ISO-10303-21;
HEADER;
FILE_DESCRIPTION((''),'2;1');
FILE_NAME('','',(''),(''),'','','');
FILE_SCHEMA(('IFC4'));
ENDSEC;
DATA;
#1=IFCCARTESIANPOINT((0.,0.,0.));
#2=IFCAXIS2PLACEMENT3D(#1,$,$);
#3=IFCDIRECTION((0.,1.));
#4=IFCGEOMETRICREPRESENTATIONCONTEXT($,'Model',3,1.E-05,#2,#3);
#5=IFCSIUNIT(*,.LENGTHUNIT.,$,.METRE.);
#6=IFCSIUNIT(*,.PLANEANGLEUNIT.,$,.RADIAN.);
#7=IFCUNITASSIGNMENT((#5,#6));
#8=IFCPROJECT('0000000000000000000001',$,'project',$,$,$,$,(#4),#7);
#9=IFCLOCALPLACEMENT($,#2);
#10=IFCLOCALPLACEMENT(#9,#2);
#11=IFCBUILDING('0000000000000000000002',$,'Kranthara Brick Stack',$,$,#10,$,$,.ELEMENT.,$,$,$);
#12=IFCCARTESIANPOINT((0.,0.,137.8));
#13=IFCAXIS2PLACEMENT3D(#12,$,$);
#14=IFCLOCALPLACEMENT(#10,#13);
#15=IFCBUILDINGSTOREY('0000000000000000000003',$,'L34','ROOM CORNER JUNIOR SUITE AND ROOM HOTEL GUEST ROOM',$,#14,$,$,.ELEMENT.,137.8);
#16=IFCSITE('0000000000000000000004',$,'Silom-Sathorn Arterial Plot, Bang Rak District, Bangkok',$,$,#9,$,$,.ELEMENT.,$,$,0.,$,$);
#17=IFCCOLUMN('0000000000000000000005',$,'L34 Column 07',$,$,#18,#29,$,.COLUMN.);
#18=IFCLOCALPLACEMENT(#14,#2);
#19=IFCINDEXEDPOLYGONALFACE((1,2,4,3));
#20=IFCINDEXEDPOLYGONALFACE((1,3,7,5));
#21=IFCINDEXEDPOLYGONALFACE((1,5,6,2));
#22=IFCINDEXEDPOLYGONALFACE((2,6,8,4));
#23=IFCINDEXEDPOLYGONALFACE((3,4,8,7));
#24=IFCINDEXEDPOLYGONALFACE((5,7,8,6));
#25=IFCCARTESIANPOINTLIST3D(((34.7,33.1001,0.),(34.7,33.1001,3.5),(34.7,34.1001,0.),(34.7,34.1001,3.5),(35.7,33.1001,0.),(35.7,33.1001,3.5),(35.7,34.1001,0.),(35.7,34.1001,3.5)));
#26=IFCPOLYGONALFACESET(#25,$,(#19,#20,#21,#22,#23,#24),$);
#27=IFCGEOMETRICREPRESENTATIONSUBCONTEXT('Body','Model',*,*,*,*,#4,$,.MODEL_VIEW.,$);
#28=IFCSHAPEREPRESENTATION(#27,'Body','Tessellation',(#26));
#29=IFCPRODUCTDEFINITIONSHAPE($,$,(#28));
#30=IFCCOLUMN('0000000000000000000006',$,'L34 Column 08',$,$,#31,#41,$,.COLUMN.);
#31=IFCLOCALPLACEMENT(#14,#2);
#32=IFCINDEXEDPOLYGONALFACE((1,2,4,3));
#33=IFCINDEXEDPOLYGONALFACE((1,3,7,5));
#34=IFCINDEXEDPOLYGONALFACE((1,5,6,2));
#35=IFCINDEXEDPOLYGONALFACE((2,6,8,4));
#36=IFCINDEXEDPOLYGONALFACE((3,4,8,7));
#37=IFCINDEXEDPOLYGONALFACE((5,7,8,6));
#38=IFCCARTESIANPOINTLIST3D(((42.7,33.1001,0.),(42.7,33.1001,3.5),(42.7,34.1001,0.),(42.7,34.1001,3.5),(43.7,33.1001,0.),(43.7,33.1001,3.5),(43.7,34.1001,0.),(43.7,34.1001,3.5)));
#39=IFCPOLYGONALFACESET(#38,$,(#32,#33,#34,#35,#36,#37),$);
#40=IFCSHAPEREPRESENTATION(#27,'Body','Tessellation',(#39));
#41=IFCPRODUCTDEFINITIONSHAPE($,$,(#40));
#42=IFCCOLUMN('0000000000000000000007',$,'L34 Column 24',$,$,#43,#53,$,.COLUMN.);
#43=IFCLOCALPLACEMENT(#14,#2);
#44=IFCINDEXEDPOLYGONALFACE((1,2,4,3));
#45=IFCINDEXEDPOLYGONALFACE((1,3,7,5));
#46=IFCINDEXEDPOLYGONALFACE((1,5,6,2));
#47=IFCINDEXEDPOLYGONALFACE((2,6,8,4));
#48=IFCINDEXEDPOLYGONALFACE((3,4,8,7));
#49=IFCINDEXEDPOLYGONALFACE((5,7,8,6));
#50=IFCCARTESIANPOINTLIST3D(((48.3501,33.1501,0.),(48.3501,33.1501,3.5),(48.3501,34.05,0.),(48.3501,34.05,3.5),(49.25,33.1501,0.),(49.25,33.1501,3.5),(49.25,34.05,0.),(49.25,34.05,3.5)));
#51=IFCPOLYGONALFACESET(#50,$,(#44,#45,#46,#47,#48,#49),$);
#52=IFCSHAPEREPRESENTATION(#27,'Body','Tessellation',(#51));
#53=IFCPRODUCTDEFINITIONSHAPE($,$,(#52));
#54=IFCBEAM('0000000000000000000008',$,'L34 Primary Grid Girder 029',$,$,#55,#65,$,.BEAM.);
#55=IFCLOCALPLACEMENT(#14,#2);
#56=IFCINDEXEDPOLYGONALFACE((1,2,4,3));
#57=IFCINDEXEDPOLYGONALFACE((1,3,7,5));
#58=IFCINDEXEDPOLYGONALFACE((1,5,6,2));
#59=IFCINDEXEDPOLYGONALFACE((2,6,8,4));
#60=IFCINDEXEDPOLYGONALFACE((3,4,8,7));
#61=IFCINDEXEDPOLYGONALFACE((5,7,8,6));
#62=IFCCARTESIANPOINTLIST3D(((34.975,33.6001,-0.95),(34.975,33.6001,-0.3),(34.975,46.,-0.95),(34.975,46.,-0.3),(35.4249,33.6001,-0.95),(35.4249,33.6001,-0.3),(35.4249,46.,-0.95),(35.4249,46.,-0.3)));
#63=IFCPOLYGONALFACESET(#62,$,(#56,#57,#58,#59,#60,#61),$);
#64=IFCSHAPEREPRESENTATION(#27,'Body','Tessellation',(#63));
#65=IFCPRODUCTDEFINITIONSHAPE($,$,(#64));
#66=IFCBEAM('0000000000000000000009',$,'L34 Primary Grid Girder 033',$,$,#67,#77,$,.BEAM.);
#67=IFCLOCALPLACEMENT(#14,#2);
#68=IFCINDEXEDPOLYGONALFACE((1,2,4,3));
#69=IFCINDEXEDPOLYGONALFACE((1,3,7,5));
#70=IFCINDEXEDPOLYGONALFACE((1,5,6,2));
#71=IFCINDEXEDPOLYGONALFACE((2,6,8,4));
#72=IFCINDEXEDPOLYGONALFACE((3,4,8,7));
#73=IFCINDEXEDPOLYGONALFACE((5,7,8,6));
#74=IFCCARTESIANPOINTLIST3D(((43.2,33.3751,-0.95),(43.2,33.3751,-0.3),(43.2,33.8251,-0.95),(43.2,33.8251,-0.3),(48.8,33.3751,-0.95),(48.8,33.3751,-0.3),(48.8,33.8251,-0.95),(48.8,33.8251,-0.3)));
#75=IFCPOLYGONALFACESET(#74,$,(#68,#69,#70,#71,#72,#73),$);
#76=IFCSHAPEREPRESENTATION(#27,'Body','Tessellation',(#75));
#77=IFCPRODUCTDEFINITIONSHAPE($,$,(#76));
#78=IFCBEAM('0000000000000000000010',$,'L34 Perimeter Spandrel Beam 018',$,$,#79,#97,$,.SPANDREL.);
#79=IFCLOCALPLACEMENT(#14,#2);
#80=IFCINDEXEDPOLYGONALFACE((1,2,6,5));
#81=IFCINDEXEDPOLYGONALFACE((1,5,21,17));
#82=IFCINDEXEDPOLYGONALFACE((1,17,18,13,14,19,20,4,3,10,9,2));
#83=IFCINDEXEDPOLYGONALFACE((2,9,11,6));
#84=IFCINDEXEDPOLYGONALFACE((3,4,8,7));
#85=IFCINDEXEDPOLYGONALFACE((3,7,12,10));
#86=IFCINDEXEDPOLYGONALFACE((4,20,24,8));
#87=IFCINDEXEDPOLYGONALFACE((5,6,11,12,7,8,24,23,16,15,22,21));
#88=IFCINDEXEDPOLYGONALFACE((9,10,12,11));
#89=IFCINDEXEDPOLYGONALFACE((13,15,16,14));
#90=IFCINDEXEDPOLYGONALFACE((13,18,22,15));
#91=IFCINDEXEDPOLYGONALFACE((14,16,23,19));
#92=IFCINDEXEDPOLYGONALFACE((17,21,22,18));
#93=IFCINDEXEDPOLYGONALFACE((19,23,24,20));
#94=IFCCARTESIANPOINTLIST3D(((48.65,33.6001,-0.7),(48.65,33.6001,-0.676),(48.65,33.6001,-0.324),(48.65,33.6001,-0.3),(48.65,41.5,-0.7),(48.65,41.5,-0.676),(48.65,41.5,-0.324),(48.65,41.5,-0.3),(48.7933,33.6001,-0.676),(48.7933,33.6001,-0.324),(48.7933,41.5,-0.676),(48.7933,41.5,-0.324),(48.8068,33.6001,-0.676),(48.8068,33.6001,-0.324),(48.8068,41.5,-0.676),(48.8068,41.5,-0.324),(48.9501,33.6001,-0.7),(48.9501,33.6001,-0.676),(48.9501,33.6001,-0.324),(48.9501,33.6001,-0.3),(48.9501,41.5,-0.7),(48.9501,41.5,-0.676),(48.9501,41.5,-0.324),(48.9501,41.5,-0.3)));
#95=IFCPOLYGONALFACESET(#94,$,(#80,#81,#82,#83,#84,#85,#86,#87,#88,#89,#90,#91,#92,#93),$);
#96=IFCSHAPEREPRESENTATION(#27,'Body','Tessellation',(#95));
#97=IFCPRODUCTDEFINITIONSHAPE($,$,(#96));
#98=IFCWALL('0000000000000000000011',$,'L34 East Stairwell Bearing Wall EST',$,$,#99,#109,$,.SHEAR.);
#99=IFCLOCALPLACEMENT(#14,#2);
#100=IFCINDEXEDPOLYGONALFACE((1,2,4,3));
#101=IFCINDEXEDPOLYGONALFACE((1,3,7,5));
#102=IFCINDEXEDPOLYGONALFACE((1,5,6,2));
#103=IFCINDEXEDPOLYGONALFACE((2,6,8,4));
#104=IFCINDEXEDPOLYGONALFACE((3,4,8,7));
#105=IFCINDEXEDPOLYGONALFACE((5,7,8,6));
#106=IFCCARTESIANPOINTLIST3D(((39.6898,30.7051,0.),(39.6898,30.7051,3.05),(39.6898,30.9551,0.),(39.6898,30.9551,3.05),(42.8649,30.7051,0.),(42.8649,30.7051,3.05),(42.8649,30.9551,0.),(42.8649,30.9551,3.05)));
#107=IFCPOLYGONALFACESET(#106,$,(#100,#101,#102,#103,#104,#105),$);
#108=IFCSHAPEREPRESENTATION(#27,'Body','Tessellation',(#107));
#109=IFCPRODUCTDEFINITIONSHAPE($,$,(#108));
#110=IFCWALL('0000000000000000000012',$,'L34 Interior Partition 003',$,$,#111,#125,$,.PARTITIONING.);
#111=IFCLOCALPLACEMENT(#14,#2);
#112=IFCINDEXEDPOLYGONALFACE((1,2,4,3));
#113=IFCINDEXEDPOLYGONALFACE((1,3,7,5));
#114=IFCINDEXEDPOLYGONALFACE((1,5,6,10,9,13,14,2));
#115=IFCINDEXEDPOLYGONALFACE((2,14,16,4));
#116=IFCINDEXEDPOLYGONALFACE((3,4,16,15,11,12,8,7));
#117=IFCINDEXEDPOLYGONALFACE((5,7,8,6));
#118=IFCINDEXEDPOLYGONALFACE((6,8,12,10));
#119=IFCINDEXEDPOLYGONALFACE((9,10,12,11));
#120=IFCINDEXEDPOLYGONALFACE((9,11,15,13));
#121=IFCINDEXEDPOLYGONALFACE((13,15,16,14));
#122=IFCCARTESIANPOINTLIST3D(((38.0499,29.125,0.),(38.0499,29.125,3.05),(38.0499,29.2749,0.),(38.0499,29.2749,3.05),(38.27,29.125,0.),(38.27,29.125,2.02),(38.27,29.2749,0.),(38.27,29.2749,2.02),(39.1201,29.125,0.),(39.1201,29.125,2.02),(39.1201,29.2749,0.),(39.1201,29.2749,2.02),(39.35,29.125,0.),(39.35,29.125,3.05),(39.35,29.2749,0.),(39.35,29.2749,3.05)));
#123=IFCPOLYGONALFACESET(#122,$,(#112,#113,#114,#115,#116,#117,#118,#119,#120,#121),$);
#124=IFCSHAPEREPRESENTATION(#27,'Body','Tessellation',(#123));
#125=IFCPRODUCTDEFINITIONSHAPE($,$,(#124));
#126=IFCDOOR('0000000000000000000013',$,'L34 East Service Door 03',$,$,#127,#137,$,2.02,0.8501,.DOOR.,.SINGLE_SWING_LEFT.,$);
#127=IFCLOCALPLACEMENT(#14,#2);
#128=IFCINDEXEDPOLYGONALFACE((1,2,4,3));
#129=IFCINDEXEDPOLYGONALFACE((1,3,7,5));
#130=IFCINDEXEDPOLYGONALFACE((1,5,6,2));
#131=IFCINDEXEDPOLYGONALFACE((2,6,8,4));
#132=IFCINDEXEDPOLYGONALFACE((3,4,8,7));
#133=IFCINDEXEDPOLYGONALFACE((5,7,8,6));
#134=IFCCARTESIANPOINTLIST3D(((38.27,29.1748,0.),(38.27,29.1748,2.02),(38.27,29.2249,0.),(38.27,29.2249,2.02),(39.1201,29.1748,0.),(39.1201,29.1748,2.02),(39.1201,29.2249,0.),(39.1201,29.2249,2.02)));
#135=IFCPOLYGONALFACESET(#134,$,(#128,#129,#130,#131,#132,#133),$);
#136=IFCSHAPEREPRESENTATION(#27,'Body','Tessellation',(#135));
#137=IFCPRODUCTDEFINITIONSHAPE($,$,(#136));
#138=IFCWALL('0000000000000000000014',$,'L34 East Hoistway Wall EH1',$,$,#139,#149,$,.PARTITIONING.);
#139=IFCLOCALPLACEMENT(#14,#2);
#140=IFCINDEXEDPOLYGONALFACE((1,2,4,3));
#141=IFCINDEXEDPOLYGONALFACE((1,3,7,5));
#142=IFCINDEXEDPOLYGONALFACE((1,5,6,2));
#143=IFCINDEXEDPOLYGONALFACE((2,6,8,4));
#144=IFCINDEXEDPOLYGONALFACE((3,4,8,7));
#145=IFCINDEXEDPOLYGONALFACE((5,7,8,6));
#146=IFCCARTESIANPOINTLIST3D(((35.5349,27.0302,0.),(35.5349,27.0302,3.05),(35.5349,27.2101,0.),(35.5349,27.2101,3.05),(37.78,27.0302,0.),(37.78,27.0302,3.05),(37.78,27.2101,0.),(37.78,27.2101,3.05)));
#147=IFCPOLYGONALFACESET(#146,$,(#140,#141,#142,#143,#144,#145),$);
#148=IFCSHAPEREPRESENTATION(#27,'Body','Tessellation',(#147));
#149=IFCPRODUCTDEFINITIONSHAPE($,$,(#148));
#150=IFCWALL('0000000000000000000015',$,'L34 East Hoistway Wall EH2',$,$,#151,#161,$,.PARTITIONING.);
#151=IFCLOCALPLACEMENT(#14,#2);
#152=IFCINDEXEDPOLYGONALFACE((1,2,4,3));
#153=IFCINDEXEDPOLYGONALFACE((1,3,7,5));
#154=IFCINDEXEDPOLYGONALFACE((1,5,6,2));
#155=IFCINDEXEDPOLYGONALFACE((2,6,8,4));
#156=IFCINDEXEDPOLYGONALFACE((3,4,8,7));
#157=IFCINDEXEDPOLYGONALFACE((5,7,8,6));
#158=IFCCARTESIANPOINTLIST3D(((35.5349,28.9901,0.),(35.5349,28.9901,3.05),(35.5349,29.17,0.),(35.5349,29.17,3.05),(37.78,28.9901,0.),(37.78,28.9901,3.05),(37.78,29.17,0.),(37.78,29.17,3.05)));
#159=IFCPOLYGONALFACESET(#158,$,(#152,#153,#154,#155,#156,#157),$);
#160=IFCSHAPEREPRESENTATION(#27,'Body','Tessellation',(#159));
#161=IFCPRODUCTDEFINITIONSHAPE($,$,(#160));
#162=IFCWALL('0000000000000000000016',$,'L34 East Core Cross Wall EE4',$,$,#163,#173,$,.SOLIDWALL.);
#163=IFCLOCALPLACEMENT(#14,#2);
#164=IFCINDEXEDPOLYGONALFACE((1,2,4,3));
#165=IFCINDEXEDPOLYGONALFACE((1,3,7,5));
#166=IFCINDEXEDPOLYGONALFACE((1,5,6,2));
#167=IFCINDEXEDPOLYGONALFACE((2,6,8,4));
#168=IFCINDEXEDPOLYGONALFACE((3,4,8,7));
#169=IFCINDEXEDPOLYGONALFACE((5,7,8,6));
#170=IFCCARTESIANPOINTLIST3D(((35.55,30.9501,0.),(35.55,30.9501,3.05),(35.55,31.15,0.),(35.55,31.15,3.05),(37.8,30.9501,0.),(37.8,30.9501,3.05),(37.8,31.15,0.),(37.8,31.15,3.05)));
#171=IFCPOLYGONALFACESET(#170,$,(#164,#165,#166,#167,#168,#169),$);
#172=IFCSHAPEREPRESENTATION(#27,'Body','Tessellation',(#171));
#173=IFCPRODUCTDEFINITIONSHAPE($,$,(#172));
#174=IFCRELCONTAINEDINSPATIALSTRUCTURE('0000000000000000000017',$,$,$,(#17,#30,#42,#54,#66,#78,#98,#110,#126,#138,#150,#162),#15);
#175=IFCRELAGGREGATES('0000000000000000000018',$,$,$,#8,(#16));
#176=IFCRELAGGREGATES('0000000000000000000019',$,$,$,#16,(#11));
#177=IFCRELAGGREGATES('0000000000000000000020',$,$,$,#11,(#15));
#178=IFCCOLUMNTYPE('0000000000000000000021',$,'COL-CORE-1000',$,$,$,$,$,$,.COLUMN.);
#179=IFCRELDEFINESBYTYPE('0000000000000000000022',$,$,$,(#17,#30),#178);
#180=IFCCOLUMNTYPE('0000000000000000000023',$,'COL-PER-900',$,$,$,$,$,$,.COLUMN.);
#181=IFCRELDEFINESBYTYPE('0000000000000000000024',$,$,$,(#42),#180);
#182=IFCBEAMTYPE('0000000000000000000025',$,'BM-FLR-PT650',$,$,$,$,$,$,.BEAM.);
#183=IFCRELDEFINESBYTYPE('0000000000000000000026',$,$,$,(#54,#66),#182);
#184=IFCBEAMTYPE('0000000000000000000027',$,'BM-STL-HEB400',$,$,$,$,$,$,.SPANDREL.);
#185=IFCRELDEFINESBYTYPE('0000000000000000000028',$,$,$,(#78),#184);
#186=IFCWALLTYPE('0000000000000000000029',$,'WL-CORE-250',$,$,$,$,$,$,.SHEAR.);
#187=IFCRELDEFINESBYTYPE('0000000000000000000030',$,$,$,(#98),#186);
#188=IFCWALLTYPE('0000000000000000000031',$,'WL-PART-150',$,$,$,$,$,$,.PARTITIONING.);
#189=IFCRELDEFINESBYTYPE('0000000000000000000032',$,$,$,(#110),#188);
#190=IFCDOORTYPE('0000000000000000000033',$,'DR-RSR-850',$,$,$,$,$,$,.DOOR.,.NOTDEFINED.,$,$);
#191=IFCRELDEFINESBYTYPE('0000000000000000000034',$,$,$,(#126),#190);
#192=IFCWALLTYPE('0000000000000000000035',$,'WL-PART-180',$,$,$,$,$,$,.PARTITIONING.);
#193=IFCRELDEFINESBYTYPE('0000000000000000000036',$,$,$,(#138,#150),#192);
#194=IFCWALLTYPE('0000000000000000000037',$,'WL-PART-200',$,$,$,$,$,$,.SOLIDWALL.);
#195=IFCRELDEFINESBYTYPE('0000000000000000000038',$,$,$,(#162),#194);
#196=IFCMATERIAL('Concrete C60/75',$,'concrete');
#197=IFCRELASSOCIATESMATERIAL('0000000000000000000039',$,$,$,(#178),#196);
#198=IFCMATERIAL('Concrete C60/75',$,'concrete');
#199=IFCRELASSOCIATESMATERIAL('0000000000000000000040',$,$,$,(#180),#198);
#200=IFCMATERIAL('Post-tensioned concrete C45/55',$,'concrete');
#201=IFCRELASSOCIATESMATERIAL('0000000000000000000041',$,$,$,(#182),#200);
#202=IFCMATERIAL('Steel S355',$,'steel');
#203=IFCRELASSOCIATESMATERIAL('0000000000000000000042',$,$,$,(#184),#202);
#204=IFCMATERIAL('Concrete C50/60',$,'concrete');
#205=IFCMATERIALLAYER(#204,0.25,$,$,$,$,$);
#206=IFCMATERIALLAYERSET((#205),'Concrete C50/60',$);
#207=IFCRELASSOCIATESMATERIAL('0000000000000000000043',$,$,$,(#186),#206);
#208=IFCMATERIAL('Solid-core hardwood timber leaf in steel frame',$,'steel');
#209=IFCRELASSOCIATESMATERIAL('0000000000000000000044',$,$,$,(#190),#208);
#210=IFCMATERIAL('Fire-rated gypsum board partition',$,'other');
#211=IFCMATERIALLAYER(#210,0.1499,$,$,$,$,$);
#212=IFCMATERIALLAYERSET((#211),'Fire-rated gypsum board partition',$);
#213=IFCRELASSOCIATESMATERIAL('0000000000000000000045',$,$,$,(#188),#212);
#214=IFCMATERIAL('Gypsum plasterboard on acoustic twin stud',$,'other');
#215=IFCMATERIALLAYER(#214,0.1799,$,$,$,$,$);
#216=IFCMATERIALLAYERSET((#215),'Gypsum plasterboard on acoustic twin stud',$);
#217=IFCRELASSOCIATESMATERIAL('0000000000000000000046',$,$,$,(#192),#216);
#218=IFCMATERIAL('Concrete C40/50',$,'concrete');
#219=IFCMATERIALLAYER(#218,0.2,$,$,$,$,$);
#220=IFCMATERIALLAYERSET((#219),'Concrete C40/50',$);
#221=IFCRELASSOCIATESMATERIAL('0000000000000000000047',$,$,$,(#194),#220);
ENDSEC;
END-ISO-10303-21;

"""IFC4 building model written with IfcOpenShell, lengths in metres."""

from ifc_helpers import new_model, si_unit, direction, frame, frame_2d, origin, origin_2d, place, context, subcontext, project, spatial, rectangle, i_section, extrude, material, layer, layer_set, material_profile, profile_set, type_object, element, fill, save


model = new_model("IFC4")

# Units and contexts
model_context = context("Model", 3, precision=1e-05, world=origin(), true_north=direction((0.0, 1.0)))
body_context = subcontext(model_context, "Body", "Model", "MODEL_VIEW")
ifc_project = project(units=[si_unit("LENGTHUNIT", "METRE"), si_unit("PLANEANGLEUNIT", "RADIAN")], contexts=[model_context])

# Site, building, storey
site_placement = place(None, origin())
site = spatial("IfcSite", under=ifc_project, at=site_placement, Name="Silom-Sathorn Arterial Plot, Bang Rak District, Bangkok", CompositionType="ELEMENT", RefElevation=0.0)
building_placement = place(site_placement, origin())
building = spatial("IfcBuilding", under=site, at=building_placement, Name="Kranthara Brick Stack", CompositionType="ELEMENT")
storey_placement = place(building_placement, frame((0.0, 0.0, 137.8)))
storey = spatial("IfcBuildingStorey", under=building, at=storey_placement, Name="L34", Description="ROOM CORNER JUNIOR SUITE AND ROOM HOTEL GUEST ROOM", CompositionType="ELEMENT", Elevation=137.8)

# Columns
ifc_material_1 = material(Name="Concrete C60/75", Category="concrete")
ifc_material_profile_1 = material_profile(ifc_material_1, rectangle(XDim=1.0, YDim=1.0, at=origin_2d()), Name="RC 1000x1000")
ifc_profile_set_1 = profile_set([ifc_material_profile_1], Name="Concrete C60/75")
column_type_1 = type_object("IfcColumnType", Name="COL-CORE-1000", PredefinedType="COLUMN", material=ifc_profile_set_1)
for number, where, z_axis, x_axis, name in (
    (1, (35.2, 33.6001, 0.0), (0.0, 0.0, 1.0), (1.0, 0.0, 0.0), "L34 Column 07"),
    (2, (43.2, 33.6001, 0.0), (0.0, 0.0, 1.0), (1.0, 0.0, 0.0), "L34 Column 08"),
):
    element("IfcColumn", number, at=place(storey_placement, frame(where, z_axis=z_axis, x_axis=x_axis)), inside=storey, type_object=column_type_1, Name=name, PredefinedType="COLUMN", context=body_context, shape_type="SweptSolid", body=[
        extrude(rectangle(XDim=1.0, YDim=1.0, at=origin_2d()), origin(), (0.0, 0.0, 1.0), 3.5),
    ])
ifc_material_2 = material(Name="Concrete C60/75", Category="concrete")
ifc_material_profile_2 = material_profile(ifc_material_2, rectangle(XDim=0.8999, YDim=0.8999, at=origin_2d()), Name="RC 900x900")
ifc_profile_set_2 = profile_set([ifc_material_profile_2], Name="Concrete C60/75")
column_type_2 = type_object("IfcColumnType", Name="COL-PER-900", PredefinedType="COLUMN", material=ifc_profile_set_2)
column_placement = place(storey_placement, frame((48.8, 33.6001, 0.0), z_axis=(0.0, 0.0, 1.0), x_axis=(1.0, 0.0, 0.0)))
element("IfcColumn", 3, at=column_placement, inside=storey, type_object=column_type_2, Name="L34 Column 24", PredefinedType="COLUMN", context=body_context, shape_type="SweptSolid", body=[
    extrude(rectangle(XDim=0.8999, YDim=0.8999, at=origin_2d()), origin(), (0.0, 0.0, 1.0), 3.5),
])

# Beams
ifc_material_3 = material(Name="Post-tensioned concrete C45/55", Category="concrete")
ifc_material_profile_3 = material_profile(ifc_material_3, rectangle(XDim=0.45, YDim=0.6499, at=origin_2d()), Name="PT 450x650")
ifc_profile_set_3 = profile_set([ifc_material_profile_3], Name="Post-tensioned concrete C45/55")
beam_type_1 = type_object("IfcBeamType", Name="BM-FLR-PT650", PredefinedType="BEAM", material=ifc_profile_set_3)
beam_1_placement = place(storey_placement, frame((35.2, 33.6001, -0.625), z_axis=(0.0, 1.0, 0.0), x_axis=(-1.0, 0.0, 0.0)))
element("IfcBeam", 4, at=beam_1_placement, inside=storey, type_object=beam_type_1, Name="L34 Primary Grid Girder 029", PredefinedType="BEAM", context=body_context, shape_type="SweptSolid", body=[
    extrude(rectangle(XDim=0.45, YDim=0.6499, at=origin_2d()), origin(), (0.0, 0.0, 1.0), 12.3999),
])
beam_2_placement = place(storey_placement, frame((43.2, 33.6001, -0.625), z_axis=(1.0, 0.0, 0.0), x_axis=(0.0, 1.0, 0.0)))
element("IfcBeam", 5, at=beam_2_placement, inside=storey, type_object=beam_type_1, Name="L34 Primary Grid Girder 033", PredefinedType="BEAM", context=body_context, shape_type="SweptSolid", body=[
    extrude(rectangle(XDim=0.45, YDim=0.6499, at=origin_2d()), origin(), (0.0, 0.0, 1.0), 5.6001),
])
ifc_material_4 = material(Name="Steel S355", Category="steel")
ifc_material_profile_4 = material_profile(ifc_material_4, i_section(OverallWidth=0.3, OverallDepth=0.3999, WebThickness=0.0134, FlangeThickness=0.0239, at=origin_2d()), Name="HEB 400")
ifc_profile_set_4 = profile_set([ifc_material_profile_4], Name="Steel S355")
beam_type_2 = type_object("IfcBeamType", Name="BM-STL-HEB400", PredefinedType="SPANDREL", material=ifc_profile_set_4)
beam_3_placement = place(storey_placement, frame((48.8, 33.6001, -0.5), z_axis=(0.0, 1.0, 0.0), x_axis=(-1.0, 0.0, 0.0)))
element("IfcBeam", 6, at=beam_3_placement, inside=storey, type_object=beam_type_2, Name="L34 Perimeter Spandrel Beam 018", PredefinedType="SPANDREL", context=body_context, shape_type="SweptSolid", body=[
    extrude(i_section(OverallWidth=0.3, OverallDepth=0.3999, WebThickness=0.0134, FlangeThickness=0.0239, at=origin_2d()), origin(), (0.0, 0.0, 1.0), 7.8999),
])

# Wall
ifc_material_5 = material(Name="Concrete C50/60", Category="concrete")
ifc_layer_1 = layer(ifc_material_5, 0.25)
ifc_layer_set_1 = layer_set([ifc_layer_1], Name="Concrete C50/60")
wall_type_1 = type_object("IfcWallType", Name="WL-CORE-250", PredefinedType="SHEAR", material=ifc_layer_set_1)
wall_1_placement = place(storey_placement, frame((39.6899, 30.8301, 0.0), z_axis=(0.0, 0.0, 1.0), x_axis=(1.0, 0.0, 0.0)))
element("IfcWall", 7, at=wall_1_placement, inside=storey, type_object=wall_type_1, Name="L34 East Stairwell Bearing Wall EST", PredefinedType="SHEAR", context=body_context, shape_type="SweptSolid", body=[
    extrude(rectangle(XDim=3.175, YDim=0.25, at=frame_2d((1.5874, 0.0))), origin(), (0.0, 0.0, 1.0), 3.05),
])

# Shared definitions
ifc_material_6 = material(Name="Solid-core hardwood timber leaf in steel frame", Category="steel")
door_type_1 = type_object("IfcDoorType", Name="DR-RSR-850", OperationType="NOTDEFINED", PredefinedType="DOOR", material=ifc_material_6)

# Wall, opening, door
ifc_material_7 = material(Name="Fire-rated gypsum board partition", Category="other")
ifc_layer_2 = layer(ifc_material_7, 0.1499)
ifc_layer_set_2 = layer_set([ifc_layer_2], Name="Fire-rated gypsum board partition")
wall_type_2 = type_object("IfcWallType", Name="WL-PART-150", PredefinedType="PARTITIONING", material=ifc_layer_set_2)
wall_2_placement = place(storey_placement, frame((38.05, 29.2, 0.0), z_axis=(0.0, 0.0, 1.0), x_axis=(1.0, 0.0, 0.0)))
wall_2 = element("IfcWall", 8, at=wall_2_placement, inside=storey, type_object=wall_type_2, Name="L34 Interior Partition 003", PredefinedType="PARTITIONING", context=body_context, shape_type="SweptSolid", body=[
    extrude(rectangle(XDim=1.3, YDim=0.1499, at=frame_2d((0.6499, 0.0))), origin(), (0.0, 0.0, 1.0), 3.05),
])
opening_1_placement = place(wall_2_placement, frame((0.22, 0.0, 0.0)))
opening_1 = element("IfcOpeningElement", 9, at=opening_1_placement, cuts=wall_2, PredefinedType="OPENING", context=body_context, shape_type="SweptSolid", body=[
    extrude(rectangle(XDim=0.8501, YDim=2.02, at=frame_2d((0.425, 1.01))), frame((0.0, 0.085, 0.0), z_axis=(0.0, -1.0, 0.0), x_axis=(1.0, 0.0, 0.0)), (0.0, 0.0, 1.0), 0.1699),
])
door_1_placement = place(opening_1_placement, origin())
door_1 = element("IfcDoor", 10, at=door_1_placement, inside=storey, type_object=door_type_1, Name="L34 East Service Door 03", OperationType="SINGLE_SWING_LEFT", OverallHeight=2.02, OverallWidth=0.8501, PredefinedType="DOOR", context=body_context, shape_type="SweptSolid", body=[
    extrude(rectangle(XDim=0.8501, YDim=2.02, at=frame_2d((0.425, 1.01))), frame((0.0, 0.0249, 0.0), z_axis=(0.0, -1.0, 0.0), x_axis=(1.0, 0.0, 0.0)), (0.0, 0.0, 1.0), 0.05),
])
fill(opening_1, door_1)

# Walls
ifc_material_8 = material(Name="Gypsum plasterboard on acoustic twin stud", Category="other")
ifc_layer_3 = layer(ifc_material_8, 0.1799)
ifc_layer_set_3 = layer_set([ifc_layer_3], Name="Gypsum plasterboard on acoustic twin stud")
wall_type_3 = type_object("IfcWallType", Name="WL-PART-180", PredefinedType="PARTITIONING", material=ifc_layer_set_3)
for number, where, z_axis, x_axis, name in (
    (11, (35.5349, 27.1201, 0.0), (0.0, 0.0, 1.0), (1.0, 0.0, 0.0), "L34 East Hoistway Wall EH1"),
    (12, (35.5349, 29.0801, 0.0), (0.0, 0.0, 1.0), (1.0, 0.0, 0.0), "L34 East Hoistway Wall EH2"),
):
    element("IfcWall", number, at=place(storey_placement, frame(where, z_axis=z_axis, x_axis=x_axis)), inside=storey, type_object=wall_type_3, Name=name, PredefinedType="PARTITIONING", context=body_context, shape_type="SweptSolid", body=[
        extrude(rectangle(XDim=2.2451, YDim=0.1799, at=frame_2d((1.1226, 0.0))), origin(), (0.0, 0.0, 1.0), 3.05),
    ])
ifc_material_9 = material(Name="Concrete C40/50", Category="concrete")
ifc_layer_4 = layer(ifc_material_9, 0.2)
ifc_layer_set_4 = layer_set([ifc_layer_4], Name="Concrete C40/50")
wall_type_4 = type_object("IfcWallType", Name="WL-PART-200", PredefinedType="SOLIDWALL", material=ifc_layer_set_4)
wall_3_placement = place(storey_placement, frame((35.55, 31.05, 0.0), z_axis=(0.0, 0.0, 1.0), x_axis=(1.0, 0.0, 0.0)))
element("IfcWall", 13, at=wall_3_placement, inside=storey, type_object=wall_type_4, Name="L34 East Core Cross Wall EE4", PredefinedType="SOLIDWALL", context=body_context, shape_type="SweptSolid", body=[
    extrude(rectangle(XDim=2.25, YDim=0.2, at=frame_2d((1.125, 0.0))), origin(), (0.0, 0.0, 1.0), 3.05),
])

save(model, "model.ifc")
